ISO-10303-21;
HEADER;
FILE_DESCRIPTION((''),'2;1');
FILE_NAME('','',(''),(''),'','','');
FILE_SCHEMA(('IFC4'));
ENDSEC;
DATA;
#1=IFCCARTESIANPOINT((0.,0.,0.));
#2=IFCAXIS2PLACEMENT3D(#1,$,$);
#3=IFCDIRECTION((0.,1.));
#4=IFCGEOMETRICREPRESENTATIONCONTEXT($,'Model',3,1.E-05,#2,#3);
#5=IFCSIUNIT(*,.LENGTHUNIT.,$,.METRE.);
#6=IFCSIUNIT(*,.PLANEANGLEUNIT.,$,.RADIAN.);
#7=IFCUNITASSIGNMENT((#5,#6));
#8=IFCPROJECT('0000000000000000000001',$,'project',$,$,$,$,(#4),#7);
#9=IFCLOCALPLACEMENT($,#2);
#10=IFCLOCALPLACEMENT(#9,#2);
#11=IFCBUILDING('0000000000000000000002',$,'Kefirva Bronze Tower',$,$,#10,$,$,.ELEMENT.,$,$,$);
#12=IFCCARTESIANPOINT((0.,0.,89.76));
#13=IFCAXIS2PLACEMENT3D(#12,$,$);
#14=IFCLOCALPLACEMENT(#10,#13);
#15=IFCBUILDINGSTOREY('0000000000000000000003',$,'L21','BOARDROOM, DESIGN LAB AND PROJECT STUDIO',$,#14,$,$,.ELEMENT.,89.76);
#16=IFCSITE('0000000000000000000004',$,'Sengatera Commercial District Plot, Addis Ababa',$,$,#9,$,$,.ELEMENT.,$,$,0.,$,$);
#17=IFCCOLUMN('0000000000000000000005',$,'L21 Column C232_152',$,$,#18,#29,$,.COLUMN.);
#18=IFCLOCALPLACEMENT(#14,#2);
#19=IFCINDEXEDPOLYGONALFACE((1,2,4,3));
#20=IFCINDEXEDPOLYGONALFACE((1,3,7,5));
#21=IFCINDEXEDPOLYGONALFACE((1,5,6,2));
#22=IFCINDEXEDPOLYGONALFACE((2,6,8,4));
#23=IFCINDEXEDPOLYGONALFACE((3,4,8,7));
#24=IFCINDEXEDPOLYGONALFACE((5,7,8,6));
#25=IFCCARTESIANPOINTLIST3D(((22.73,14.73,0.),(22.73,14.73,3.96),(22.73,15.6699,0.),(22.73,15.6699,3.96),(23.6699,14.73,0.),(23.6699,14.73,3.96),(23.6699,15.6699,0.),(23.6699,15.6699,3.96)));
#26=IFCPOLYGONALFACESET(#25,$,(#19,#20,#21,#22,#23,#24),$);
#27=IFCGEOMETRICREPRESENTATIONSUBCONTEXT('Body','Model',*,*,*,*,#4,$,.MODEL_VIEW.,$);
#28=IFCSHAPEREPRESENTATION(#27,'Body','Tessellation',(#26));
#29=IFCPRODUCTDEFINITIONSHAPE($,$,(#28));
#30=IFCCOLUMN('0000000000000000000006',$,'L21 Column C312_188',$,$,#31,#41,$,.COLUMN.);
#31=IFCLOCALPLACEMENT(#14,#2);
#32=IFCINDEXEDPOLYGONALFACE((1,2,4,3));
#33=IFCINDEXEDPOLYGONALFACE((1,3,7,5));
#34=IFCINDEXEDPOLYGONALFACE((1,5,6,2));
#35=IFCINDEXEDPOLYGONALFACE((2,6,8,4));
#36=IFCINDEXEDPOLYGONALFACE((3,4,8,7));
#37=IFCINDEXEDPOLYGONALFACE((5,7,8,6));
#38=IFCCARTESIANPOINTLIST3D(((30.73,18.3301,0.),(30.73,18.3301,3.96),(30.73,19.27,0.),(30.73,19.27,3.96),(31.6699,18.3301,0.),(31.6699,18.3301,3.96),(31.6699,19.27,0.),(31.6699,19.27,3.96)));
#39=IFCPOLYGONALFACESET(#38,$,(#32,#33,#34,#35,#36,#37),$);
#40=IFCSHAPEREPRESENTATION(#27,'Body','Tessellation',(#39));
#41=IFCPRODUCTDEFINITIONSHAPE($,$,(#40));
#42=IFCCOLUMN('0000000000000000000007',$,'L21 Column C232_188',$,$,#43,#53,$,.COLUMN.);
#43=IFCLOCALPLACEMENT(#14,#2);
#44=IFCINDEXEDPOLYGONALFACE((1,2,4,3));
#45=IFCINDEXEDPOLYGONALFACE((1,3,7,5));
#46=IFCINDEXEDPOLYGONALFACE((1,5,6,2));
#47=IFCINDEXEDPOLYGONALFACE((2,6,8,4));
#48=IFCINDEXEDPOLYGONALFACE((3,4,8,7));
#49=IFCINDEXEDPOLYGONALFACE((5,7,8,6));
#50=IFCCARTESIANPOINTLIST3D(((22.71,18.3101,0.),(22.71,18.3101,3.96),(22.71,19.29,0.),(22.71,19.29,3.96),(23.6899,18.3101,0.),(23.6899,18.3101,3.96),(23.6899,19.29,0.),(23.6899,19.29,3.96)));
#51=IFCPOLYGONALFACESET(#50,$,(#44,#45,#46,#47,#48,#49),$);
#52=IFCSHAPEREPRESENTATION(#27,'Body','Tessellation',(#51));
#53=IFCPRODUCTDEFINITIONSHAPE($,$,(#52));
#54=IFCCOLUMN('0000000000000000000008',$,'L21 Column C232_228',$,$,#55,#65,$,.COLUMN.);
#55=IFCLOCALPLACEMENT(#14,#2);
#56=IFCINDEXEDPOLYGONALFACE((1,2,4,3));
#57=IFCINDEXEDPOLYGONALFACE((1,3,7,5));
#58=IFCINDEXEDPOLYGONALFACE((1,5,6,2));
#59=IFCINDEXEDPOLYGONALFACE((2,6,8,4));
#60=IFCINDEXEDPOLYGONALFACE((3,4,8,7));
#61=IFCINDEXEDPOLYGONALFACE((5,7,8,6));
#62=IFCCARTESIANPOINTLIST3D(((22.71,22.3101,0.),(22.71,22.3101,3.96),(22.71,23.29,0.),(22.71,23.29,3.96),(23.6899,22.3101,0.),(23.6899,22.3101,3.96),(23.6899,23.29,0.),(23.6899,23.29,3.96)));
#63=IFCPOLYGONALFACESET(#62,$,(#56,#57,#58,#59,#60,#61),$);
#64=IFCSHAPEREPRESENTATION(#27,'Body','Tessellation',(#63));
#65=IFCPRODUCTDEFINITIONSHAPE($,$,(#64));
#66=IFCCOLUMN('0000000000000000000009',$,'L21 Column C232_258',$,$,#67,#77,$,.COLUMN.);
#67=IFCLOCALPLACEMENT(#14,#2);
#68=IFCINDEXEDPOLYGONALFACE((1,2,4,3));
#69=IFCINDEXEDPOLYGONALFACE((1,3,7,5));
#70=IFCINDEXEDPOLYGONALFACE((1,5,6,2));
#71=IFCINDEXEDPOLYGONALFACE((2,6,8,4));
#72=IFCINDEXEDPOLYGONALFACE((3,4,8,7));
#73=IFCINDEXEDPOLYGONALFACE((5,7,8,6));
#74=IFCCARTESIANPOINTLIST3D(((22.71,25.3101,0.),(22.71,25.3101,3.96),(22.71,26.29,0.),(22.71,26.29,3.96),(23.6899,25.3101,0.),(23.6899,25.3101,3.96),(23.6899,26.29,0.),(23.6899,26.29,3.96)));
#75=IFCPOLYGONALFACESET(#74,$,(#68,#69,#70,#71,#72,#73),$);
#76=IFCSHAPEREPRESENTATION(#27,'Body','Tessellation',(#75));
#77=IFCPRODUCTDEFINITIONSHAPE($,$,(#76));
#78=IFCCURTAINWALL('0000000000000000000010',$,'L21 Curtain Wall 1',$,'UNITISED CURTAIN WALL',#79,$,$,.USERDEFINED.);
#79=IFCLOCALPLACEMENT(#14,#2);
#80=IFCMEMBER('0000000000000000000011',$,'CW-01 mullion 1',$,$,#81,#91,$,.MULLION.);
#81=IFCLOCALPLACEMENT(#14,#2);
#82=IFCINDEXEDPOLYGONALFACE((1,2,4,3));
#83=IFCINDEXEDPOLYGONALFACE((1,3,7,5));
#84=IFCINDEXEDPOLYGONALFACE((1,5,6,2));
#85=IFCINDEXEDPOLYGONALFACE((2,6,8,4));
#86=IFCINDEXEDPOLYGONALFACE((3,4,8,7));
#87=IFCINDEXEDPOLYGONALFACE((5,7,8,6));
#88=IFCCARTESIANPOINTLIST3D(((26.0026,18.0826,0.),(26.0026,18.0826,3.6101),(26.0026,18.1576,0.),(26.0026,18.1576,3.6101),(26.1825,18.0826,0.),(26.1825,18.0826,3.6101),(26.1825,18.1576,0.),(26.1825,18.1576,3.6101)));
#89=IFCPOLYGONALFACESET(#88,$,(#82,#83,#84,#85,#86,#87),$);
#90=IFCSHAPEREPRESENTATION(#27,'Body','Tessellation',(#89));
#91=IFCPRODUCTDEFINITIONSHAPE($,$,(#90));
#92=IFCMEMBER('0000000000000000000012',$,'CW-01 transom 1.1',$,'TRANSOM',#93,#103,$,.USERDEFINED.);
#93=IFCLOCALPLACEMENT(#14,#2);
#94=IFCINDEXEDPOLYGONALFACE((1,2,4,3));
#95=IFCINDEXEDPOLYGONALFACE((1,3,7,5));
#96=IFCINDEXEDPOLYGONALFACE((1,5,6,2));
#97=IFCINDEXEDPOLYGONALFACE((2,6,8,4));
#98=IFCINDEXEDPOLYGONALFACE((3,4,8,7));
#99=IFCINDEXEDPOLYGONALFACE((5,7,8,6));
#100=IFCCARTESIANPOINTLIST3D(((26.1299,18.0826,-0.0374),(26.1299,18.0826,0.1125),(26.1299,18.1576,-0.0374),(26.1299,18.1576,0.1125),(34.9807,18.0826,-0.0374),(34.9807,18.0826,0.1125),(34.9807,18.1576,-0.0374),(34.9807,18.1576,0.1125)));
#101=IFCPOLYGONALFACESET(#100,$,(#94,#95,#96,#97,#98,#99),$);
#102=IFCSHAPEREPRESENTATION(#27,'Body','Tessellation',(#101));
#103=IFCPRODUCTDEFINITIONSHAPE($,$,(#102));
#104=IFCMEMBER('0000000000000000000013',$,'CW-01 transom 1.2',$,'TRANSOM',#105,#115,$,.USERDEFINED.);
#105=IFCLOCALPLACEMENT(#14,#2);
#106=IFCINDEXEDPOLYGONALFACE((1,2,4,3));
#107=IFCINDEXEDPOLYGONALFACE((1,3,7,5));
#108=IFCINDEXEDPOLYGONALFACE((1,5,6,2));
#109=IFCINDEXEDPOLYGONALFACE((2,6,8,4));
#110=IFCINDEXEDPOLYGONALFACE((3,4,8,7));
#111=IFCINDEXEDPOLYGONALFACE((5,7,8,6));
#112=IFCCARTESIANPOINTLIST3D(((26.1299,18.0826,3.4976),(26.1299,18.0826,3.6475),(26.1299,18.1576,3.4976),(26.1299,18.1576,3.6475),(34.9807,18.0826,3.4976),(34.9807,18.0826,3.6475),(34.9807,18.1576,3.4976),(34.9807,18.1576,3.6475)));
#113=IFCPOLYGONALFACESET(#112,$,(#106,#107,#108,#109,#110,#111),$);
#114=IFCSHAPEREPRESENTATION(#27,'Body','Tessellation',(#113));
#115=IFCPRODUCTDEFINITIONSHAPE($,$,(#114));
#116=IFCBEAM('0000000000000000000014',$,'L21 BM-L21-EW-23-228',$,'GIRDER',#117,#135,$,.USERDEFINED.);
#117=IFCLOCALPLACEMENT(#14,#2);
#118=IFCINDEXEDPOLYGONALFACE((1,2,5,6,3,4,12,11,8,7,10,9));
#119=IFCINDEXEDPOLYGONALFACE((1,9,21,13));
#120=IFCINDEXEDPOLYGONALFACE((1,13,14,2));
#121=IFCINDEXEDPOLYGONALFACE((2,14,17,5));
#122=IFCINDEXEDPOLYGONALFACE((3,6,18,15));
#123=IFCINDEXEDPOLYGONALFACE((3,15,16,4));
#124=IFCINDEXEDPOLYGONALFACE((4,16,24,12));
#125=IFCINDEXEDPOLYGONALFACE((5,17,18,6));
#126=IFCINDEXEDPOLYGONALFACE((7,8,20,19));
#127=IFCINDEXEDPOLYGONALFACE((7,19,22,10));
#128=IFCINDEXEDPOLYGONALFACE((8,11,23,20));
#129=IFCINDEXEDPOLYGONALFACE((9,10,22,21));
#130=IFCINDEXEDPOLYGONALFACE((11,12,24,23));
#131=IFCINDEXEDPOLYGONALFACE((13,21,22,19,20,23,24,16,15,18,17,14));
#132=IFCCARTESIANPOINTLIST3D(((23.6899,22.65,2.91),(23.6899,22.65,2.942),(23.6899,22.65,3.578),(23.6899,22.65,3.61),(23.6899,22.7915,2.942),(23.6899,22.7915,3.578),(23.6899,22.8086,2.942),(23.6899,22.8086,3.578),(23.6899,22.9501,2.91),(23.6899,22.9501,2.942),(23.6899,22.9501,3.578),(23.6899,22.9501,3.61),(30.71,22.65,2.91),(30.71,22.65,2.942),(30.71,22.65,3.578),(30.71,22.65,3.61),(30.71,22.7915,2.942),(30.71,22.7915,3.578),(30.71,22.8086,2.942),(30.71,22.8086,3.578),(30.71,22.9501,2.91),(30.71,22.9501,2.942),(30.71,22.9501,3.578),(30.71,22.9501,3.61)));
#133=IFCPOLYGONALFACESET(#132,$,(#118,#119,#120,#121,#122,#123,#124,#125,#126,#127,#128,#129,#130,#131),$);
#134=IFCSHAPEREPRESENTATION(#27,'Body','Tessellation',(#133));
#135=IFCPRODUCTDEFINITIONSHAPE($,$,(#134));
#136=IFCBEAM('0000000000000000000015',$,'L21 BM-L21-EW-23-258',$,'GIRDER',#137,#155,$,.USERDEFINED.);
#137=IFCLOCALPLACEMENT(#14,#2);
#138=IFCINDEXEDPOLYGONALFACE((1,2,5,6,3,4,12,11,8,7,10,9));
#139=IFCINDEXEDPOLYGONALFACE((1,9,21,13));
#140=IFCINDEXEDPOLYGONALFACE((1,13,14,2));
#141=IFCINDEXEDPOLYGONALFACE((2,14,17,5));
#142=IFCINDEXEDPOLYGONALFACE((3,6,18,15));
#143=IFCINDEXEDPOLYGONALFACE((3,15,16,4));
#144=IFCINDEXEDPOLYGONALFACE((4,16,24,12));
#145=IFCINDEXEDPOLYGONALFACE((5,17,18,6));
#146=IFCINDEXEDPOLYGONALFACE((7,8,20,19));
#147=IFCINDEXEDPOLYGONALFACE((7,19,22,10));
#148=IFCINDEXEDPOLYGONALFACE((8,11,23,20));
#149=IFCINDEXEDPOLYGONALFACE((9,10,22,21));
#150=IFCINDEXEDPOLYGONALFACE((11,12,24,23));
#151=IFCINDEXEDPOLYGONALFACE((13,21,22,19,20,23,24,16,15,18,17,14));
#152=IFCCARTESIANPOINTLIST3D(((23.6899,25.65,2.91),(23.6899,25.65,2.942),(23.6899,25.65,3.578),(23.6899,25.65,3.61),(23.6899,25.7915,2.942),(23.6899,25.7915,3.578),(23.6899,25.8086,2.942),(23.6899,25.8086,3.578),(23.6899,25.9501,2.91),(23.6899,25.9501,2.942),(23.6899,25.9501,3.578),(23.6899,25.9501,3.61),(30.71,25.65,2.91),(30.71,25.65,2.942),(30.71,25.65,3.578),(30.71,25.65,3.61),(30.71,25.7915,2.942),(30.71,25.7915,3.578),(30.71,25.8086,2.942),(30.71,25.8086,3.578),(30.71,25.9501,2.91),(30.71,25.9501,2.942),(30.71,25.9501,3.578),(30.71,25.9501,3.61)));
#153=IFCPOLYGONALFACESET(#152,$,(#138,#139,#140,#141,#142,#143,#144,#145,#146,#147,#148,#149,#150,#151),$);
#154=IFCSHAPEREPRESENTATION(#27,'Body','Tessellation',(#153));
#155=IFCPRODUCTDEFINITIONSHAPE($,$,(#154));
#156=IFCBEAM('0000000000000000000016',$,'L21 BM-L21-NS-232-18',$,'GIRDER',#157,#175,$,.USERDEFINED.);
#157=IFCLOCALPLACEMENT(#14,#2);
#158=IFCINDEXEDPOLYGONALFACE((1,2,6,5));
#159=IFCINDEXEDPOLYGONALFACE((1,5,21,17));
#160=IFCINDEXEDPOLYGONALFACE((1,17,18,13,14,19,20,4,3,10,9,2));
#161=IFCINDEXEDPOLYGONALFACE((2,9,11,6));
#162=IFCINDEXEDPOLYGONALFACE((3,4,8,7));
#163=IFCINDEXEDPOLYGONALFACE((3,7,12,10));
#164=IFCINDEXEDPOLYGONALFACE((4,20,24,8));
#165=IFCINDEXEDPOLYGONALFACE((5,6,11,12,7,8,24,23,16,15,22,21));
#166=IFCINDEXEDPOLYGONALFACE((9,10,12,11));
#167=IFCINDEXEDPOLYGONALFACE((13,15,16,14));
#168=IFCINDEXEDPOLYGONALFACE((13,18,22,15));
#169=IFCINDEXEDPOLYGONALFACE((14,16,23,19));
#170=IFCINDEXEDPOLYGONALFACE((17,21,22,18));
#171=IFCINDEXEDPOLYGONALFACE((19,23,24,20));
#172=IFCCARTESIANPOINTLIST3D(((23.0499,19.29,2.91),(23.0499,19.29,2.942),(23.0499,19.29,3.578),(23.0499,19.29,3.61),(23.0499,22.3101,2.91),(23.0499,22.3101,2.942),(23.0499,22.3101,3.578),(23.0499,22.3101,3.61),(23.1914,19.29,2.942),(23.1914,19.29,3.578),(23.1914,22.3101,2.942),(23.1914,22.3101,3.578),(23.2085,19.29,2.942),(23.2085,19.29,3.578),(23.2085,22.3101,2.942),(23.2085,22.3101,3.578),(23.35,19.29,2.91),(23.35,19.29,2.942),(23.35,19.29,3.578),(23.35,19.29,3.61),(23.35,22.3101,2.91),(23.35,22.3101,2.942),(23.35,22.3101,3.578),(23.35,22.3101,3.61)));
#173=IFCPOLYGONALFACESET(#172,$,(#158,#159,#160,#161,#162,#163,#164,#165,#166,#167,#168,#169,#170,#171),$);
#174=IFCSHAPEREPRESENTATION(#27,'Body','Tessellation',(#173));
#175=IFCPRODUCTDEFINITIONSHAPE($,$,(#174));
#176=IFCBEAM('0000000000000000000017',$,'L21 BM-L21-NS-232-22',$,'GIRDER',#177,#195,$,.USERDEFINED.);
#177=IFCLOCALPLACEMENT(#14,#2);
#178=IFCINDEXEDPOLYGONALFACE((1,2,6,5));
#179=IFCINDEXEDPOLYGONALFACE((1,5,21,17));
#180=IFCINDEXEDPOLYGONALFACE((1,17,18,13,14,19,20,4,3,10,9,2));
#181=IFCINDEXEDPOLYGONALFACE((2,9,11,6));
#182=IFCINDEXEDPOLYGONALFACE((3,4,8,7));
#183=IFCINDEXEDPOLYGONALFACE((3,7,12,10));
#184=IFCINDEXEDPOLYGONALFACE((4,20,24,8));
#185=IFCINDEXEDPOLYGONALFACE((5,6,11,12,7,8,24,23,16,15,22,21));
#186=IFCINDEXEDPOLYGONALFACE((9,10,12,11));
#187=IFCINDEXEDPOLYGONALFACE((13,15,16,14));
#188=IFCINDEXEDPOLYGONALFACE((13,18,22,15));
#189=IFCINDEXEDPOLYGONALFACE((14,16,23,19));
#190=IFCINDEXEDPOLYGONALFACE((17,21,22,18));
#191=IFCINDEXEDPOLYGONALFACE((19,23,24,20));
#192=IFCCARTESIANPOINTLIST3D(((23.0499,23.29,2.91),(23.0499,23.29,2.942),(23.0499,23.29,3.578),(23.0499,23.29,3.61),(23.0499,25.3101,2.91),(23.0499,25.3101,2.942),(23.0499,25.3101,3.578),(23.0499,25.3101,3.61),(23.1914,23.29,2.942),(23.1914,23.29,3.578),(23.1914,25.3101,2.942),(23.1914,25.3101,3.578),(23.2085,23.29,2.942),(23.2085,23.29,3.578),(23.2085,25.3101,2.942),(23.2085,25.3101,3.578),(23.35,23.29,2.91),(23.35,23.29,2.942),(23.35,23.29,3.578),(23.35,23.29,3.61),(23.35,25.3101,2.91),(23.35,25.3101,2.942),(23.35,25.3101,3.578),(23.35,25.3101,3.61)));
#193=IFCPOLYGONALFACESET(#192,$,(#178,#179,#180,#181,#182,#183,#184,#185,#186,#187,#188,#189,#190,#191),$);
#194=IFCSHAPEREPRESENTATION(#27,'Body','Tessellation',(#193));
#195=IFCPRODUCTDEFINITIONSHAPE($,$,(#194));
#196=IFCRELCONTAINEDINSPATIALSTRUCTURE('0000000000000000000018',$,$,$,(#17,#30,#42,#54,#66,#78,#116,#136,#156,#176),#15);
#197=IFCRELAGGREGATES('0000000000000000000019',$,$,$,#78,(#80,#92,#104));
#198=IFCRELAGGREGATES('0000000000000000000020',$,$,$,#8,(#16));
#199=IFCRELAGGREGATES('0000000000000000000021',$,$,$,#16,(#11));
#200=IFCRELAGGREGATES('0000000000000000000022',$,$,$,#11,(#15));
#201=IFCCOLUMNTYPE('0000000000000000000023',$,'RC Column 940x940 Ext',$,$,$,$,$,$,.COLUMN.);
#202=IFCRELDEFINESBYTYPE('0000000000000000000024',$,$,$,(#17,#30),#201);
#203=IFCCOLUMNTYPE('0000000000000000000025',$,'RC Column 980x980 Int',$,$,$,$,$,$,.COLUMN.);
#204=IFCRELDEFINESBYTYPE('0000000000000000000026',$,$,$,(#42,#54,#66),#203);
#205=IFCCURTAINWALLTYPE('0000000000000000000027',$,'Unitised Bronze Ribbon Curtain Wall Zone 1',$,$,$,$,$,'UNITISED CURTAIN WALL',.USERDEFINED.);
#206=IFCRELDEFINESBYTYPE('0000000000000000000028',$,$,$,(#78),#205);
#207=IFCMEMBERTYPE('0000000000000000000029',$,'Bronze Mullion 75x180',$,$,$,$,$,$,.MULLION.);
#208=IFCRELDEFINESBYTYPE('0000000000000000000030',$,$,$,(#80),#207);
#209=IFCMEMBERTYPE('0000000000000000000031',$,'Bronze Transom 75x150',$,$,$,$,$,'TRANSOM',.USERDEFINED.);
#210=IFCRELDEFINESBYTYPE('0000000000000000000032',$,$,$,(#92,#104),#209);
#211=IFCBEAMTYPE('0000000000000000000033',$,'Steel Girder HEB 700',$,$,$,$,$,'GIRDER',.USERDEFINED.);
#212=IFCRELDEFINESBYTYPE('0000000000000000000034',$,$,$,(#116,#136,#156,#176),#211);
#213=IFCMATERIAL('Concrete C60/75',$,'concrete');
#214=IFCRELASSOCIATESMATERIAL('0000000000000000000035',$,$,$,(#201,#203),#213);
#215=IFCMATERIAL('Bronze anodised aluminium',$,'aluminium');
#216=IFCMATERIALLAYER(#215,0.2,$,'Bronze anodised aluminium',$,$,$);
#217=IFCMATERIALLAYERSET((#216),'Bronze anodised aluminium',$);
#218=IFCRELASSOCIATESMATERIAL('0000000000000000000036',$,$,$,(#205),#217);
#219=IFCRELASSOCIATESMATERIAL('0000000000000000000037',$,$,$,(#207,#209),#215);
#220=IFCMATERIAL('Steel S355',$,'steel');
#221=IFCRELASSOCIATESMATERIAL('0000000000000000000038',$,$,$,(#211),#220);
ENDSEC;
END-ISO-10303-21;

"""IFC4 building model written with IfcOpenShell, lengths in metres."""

from ifc_helpers import new_model, si_unit, direction, frame, origin, origin_2d, place, context, subcontext, project, spatial, rectangle, i_section, extrude, material, layer, layer_set, material_profile, profile_set, type_object, element, aggregate, save


model = new_model("IFC4")

# Units and contexts
model_context = context("Model", 3, precision=1e-05, world=origin(), true_north=direction((0.0, 1.0)))
body_context = subcontext(model_context, "Body", "Model", "MODEL_VIEW")
ifc_project = project(units=[si_unit("LENGTHUNIT", "METRE"), si_unit("PLANEANGLEUNIT", "RADIAN")], contexts=[model_context])

# Site, building, storey
site_placement = place(None, origin())
site = spatial("IfcSite", under=ifc_project, at=site_placement, Name="Sengatera Commercial District Plot, Addis Ababa", CompositionType="ELEMENT", RefElevation=0.0)
building_placement = place(site_placement, origin())
building = spatial("IfcBuilding", under=site, at=building_placement, Name="Kefirva Bronze Tower", CompositionType="ELEMENT")
storey_placement = place(building_placement, frame((0.0, 0.0, 89.76)))
storey = spatial("IfcBuildingStorey", under=building, at=storey_placement, Name="L21", Description="BOARDROOM, DESIGN LAB AND PROJECT STUDIO", CompositionType="ELEMENT", Elevation=89.76)

# Columns
ifc_material_1 = material(Name="Concrete C60/75", Category="concrete")
ifc_material_profile_1 = material_profile(ifc_material_1, rectangle(XDim=0.9399, YDim=0.9399, at=origin_2d()), Name="RC 940x940")
ifc_profile_set_1 = profile_set([ifc_material_profile_1], Name="Concrete C60/75")
column_type_1 = type_object("IfcColumnType", Name="RC Column 940x940 Ext", PredefinedType="COLUMN", material=ifc_profile_set_1)
for number, where, z_axis, x_axis, name in (
    (1, (23.2, 15.2, 0.0), (0.0, 0.0, 1.0), (1.0, 0.0, 0.0), "L21 Column C232_152"),
    (2, (31.2, 18.8, 0.0), (0.0, 0.0, 1.0), (1.0, 0.0, 0.0), "L21 Column C312_188"),
):
    element("IfcColumn", number, at=place(storey_placement, frame(where, z_axis=z_axis, x_axis=x_axis)), inside=storey, type_object=column_type_1, Name=name, PredefinedType="COLUMN", context=body_context, shape_type="SweptSolid", body=[
        extrude(rectangle(XDim=0.9399, YDim=0.9399, at=origin_2d()), origin(), (0.0, 0.0, 1.0), 3.96),
    ])
ifc_material_profile_2 = material_profile(ifc_material_1, rectangle(XDim=0.98, YDim=0.98, at=origin_2d()), Name="RC 980x980")
ifc_profile_set_2 = profile_set([ifc_material_profile_2], Name="Concrete C60/75")
column_type_2 = type_object("IfcColumnType", Name="RC Column 980x980 Int", PredefinedType="COLUMN", material=ifc_profile_set_2)
for number, where, z_axis, x_axis, name in (
    (3, (23.2, 18.8, 0.0), (0.0, 0.0, 1.0), (1.0, 0.0, 0.0), "L21 Column C232_188"),
    (4, (23.2, 22.8, 0.0), (0.0, 0.0, 1.0), (1.0, 0.0, 0.0), "L21 Column C232_228"),
    (5, (23.2, 25.8, 0.0), (0.0, 0.0, 1.0), (1.0, 0.0, 0.0), "L21 Column C232_258"),
):
    element("IfcColumn", number, at=place(storey_placement, frame(where, z_axis=z_axis, x_axis=x_axis)), inside=storey, type_object=column_type_2, Name=name, PredefinedType="COLUMN", context=body_context, shape_type="SweptSolid", body=[
        extrude(rectangle(XDim=0.98, YDim=0.98, at=origin_2d()), origin(), (0.0, 0.0, 1.0), 3.96),
    ])

# Curtain wall, members
ifc_material_2 = material(Name="Bronze anodised aluminium", Category="aluminium")
ifc_layer_1 = layer(ifc_material_2, 0.2, Name="Bronze anodised aluminium")
ifc_layer_set_1 = layer_set([ifc_layer_1], Name="Bronze anodised aluminium")
curtain_wall_type = type_object("IfcCurtainWallType", Name="Unitised Bronze Ribbon Curtain Wall Zone 1", ElementType="UNITISED CURTAIN WALL", PredefinedType="USERDEFINED", material=ifc_layer_set_1)
curtain_wall_placement = place(storey_placement, origin())
curtain_wall = element("IfcCurtainWall", 6, at=curtain_wall_placement, inside=storey, type_object=curtain_wall_type, Name="L21 Curtain Wall 1", ObjectType="UNITISED CURTAIN WALL", PredefinedType="USERDEFINED")
ifc_material_profile_3 = material_profile(ifc_material_2, rectangle(XDim=0.075, YDim=0.1799, at=origin_2d()), Name="ALU 75x180")
ifc_profile_set_3 = profile_set([ifc_material_profile_3], Name="Bronze anodised aluminium")
member_type_1 = type_object("IfcMemberType", Name="Bronze Mullion 75x180", PredefinedType="MULLION", material=ifc_profile_set_3)
member_1_placement = place(storey_placement, frame((26.0925, 18.1201, 0.0), z_axis=(0.0, 0.0, 1.0), x_axis=(0.0, 1.0, 0.0)))
member_1 = element("IfcMember", 7, at=member_1_placement, type_object=member_type_1, Name="CW-01 mullion 1", PredefinedType="MULLION", context=body_context, shape_type="SweptSolid", body=[
    extrude(rectangle(XDim=0.075, YDim=0.1799, at=origin_2d()), origin(), (0.0, 0.0, 1.0), 3.6101),
])
ifc_material_profile_4 = material_profile(ifc_material_2, rectangle(XDim=0.075, YDim=0.1499, at=origin_2d()), Name="ALU 75x150")
ifc_profile_set_4 = profile_set([ifc_material_profile_4], Name="Bronze anodised aluminium")
member_type_2 = type_object("IfcMemberType", Name="Bronze Transom 75x150", ElementType="TRANSOM", PredefinedType="USERDEFINED", material=ifc_profile_set_4)
member_2_placement = place(storey_placement, frame((26.1299, 18.1201, 0.0376), z_axis=(1.0, 0.0, 0.0), x_axis=(0.0, 1.0, 0.0)))
member_2 = element("IfcMember", 8, at=member_2_placement, type_object=member_type_2, Name="CW-01 transom 1.1", ObjectType="TRANSOM", PredefinedType="USERDEFINED", context=body_context, shape_type="SweptSolid", body=[
    extrude(rectangle(XDim=0.075, YDim=0.1499, at=origin_2d()), origin(), (0.0, 0.0, 1.0), 8.8508),
])
member_3_placement = place(storey_placement, frame((26.1299, 18.1201, 3.5725), z_axis=(1.0, 0.0, 0.0), x_axis=(0.0, 1.0, 0.0)))
member_3 = element("IfcMember", 9, at=member_3_placement, type_object=member_type_2, Name="CW-01 transom 1.2", ObjectType="TRANSOM", PredefinedType="USERDEFINED", context=body_context, shape_type="SweptSolid", body=[
    extrude(rectangle(XDim=0.075, YDim=0.1499, at=origin_2d()), origin(), (0.0, 0.0, 1.0), 8.8508),
])

# Beams
ifc_material_3 = material(Name="Steel S355", Category="steel")
ifc_material_profile_5 = material_profile(ifc_material_3, i_section(OverallWidth=0.3, OverallDepth=0.7, WebThickness=0.0171, FlangeThickness=0.032, at=origin_2d()), Name="HEB 700")
ifc_profile_set_5 = profile_set([ifc_material_profile_5], Name="Steel S355")
beam_type_1 = type_object("IfcBeamType", Name="Steel Girder HEB 700", ElementType="GIRDER", PredefinedType="USERDEFINED", material=ifc_profile_set_5)
for number, where, z_axis, x_axis, name in (
    (10, (23.6899, 22.8, 3.26), (1.0, 0.0, 0.0), (0.0, 1.0, 0.0), "L21 BM-L21-EW-23-228"),
    (11, (23.6899, 25.8, 3.26), (1.0, 0.0, 0.0), (0.0, 1.0, 0.0), "L21 BM-L21-EW-23-258"),
):
    element("IfcBeam", number, at=place(storey_placement, frame(where, z_axis=z_axis, x_axis=x_axis)), inside=storey, type_object=beam_type_1, Name=name, ObjectType="GIRDER", PredefinedType="USERDEFINED", context=body_context, shape_type="SweptSolid", body=[
        extrude(i_section(OverallWidth=0.3, OverallDepth=0.7, WebThickness=0.0171, FlangeThickness=0.032, at=origin_2d()), origin(), (0.0, 0.0, 1.0), 7.02),
    ])
beam_1_placement = place(storey_placement, frame((23.2, 19.29, 3.26), z_axis=(0.0, 1.0, 0.0), x_axis=(-1.0, 0.0, 0.0)))
element("IfcBeam", 12, at=beam_1_placement, inside=storey, type_object=beam_type_1, Name="L21 BM-L21-NS-232-18", ObjectType="GIRDER", PredefinedType="USERDEFINED", context=body_context, shape_type="SweptSolid", body=[
    extrude(i_section(OverallWidth=0.3, OverallDepth=0.7, WebThickness=0.0171, FlangeThickness=0.032, at=origin_2d()), origin(), (0.0, 0.0, 1.0), 3.02),
])
beam_2_placement = place(storey_placement, frame((23.2, 23.29, 3.26), z_axis=(0.0, 1.0, 0.0), x_axis=(-1.0, 0.0, 0.0)))
element("IfcBeam", 13, at=beam_2_placement, inside=storey, type_object=beam_type_1, Name="L21 BM-L21-NS-232-22", ObjectType="GIRDER", PredefinedType="USERDEFINED", context=body_context, shape_type="SweptSolid", body=[
    extrude(i_section(OverallWidth=0.3, OverallDepth=0.7, WebThickness=0.0171, FlangeThickness=0.032, at=origin_2d()), origin(), (0.0, 0.0, 1.0), 2.02),
])

aggregate(curtain_wall, [member_1, member_2, member_3])

save(model, "model.ifc")
